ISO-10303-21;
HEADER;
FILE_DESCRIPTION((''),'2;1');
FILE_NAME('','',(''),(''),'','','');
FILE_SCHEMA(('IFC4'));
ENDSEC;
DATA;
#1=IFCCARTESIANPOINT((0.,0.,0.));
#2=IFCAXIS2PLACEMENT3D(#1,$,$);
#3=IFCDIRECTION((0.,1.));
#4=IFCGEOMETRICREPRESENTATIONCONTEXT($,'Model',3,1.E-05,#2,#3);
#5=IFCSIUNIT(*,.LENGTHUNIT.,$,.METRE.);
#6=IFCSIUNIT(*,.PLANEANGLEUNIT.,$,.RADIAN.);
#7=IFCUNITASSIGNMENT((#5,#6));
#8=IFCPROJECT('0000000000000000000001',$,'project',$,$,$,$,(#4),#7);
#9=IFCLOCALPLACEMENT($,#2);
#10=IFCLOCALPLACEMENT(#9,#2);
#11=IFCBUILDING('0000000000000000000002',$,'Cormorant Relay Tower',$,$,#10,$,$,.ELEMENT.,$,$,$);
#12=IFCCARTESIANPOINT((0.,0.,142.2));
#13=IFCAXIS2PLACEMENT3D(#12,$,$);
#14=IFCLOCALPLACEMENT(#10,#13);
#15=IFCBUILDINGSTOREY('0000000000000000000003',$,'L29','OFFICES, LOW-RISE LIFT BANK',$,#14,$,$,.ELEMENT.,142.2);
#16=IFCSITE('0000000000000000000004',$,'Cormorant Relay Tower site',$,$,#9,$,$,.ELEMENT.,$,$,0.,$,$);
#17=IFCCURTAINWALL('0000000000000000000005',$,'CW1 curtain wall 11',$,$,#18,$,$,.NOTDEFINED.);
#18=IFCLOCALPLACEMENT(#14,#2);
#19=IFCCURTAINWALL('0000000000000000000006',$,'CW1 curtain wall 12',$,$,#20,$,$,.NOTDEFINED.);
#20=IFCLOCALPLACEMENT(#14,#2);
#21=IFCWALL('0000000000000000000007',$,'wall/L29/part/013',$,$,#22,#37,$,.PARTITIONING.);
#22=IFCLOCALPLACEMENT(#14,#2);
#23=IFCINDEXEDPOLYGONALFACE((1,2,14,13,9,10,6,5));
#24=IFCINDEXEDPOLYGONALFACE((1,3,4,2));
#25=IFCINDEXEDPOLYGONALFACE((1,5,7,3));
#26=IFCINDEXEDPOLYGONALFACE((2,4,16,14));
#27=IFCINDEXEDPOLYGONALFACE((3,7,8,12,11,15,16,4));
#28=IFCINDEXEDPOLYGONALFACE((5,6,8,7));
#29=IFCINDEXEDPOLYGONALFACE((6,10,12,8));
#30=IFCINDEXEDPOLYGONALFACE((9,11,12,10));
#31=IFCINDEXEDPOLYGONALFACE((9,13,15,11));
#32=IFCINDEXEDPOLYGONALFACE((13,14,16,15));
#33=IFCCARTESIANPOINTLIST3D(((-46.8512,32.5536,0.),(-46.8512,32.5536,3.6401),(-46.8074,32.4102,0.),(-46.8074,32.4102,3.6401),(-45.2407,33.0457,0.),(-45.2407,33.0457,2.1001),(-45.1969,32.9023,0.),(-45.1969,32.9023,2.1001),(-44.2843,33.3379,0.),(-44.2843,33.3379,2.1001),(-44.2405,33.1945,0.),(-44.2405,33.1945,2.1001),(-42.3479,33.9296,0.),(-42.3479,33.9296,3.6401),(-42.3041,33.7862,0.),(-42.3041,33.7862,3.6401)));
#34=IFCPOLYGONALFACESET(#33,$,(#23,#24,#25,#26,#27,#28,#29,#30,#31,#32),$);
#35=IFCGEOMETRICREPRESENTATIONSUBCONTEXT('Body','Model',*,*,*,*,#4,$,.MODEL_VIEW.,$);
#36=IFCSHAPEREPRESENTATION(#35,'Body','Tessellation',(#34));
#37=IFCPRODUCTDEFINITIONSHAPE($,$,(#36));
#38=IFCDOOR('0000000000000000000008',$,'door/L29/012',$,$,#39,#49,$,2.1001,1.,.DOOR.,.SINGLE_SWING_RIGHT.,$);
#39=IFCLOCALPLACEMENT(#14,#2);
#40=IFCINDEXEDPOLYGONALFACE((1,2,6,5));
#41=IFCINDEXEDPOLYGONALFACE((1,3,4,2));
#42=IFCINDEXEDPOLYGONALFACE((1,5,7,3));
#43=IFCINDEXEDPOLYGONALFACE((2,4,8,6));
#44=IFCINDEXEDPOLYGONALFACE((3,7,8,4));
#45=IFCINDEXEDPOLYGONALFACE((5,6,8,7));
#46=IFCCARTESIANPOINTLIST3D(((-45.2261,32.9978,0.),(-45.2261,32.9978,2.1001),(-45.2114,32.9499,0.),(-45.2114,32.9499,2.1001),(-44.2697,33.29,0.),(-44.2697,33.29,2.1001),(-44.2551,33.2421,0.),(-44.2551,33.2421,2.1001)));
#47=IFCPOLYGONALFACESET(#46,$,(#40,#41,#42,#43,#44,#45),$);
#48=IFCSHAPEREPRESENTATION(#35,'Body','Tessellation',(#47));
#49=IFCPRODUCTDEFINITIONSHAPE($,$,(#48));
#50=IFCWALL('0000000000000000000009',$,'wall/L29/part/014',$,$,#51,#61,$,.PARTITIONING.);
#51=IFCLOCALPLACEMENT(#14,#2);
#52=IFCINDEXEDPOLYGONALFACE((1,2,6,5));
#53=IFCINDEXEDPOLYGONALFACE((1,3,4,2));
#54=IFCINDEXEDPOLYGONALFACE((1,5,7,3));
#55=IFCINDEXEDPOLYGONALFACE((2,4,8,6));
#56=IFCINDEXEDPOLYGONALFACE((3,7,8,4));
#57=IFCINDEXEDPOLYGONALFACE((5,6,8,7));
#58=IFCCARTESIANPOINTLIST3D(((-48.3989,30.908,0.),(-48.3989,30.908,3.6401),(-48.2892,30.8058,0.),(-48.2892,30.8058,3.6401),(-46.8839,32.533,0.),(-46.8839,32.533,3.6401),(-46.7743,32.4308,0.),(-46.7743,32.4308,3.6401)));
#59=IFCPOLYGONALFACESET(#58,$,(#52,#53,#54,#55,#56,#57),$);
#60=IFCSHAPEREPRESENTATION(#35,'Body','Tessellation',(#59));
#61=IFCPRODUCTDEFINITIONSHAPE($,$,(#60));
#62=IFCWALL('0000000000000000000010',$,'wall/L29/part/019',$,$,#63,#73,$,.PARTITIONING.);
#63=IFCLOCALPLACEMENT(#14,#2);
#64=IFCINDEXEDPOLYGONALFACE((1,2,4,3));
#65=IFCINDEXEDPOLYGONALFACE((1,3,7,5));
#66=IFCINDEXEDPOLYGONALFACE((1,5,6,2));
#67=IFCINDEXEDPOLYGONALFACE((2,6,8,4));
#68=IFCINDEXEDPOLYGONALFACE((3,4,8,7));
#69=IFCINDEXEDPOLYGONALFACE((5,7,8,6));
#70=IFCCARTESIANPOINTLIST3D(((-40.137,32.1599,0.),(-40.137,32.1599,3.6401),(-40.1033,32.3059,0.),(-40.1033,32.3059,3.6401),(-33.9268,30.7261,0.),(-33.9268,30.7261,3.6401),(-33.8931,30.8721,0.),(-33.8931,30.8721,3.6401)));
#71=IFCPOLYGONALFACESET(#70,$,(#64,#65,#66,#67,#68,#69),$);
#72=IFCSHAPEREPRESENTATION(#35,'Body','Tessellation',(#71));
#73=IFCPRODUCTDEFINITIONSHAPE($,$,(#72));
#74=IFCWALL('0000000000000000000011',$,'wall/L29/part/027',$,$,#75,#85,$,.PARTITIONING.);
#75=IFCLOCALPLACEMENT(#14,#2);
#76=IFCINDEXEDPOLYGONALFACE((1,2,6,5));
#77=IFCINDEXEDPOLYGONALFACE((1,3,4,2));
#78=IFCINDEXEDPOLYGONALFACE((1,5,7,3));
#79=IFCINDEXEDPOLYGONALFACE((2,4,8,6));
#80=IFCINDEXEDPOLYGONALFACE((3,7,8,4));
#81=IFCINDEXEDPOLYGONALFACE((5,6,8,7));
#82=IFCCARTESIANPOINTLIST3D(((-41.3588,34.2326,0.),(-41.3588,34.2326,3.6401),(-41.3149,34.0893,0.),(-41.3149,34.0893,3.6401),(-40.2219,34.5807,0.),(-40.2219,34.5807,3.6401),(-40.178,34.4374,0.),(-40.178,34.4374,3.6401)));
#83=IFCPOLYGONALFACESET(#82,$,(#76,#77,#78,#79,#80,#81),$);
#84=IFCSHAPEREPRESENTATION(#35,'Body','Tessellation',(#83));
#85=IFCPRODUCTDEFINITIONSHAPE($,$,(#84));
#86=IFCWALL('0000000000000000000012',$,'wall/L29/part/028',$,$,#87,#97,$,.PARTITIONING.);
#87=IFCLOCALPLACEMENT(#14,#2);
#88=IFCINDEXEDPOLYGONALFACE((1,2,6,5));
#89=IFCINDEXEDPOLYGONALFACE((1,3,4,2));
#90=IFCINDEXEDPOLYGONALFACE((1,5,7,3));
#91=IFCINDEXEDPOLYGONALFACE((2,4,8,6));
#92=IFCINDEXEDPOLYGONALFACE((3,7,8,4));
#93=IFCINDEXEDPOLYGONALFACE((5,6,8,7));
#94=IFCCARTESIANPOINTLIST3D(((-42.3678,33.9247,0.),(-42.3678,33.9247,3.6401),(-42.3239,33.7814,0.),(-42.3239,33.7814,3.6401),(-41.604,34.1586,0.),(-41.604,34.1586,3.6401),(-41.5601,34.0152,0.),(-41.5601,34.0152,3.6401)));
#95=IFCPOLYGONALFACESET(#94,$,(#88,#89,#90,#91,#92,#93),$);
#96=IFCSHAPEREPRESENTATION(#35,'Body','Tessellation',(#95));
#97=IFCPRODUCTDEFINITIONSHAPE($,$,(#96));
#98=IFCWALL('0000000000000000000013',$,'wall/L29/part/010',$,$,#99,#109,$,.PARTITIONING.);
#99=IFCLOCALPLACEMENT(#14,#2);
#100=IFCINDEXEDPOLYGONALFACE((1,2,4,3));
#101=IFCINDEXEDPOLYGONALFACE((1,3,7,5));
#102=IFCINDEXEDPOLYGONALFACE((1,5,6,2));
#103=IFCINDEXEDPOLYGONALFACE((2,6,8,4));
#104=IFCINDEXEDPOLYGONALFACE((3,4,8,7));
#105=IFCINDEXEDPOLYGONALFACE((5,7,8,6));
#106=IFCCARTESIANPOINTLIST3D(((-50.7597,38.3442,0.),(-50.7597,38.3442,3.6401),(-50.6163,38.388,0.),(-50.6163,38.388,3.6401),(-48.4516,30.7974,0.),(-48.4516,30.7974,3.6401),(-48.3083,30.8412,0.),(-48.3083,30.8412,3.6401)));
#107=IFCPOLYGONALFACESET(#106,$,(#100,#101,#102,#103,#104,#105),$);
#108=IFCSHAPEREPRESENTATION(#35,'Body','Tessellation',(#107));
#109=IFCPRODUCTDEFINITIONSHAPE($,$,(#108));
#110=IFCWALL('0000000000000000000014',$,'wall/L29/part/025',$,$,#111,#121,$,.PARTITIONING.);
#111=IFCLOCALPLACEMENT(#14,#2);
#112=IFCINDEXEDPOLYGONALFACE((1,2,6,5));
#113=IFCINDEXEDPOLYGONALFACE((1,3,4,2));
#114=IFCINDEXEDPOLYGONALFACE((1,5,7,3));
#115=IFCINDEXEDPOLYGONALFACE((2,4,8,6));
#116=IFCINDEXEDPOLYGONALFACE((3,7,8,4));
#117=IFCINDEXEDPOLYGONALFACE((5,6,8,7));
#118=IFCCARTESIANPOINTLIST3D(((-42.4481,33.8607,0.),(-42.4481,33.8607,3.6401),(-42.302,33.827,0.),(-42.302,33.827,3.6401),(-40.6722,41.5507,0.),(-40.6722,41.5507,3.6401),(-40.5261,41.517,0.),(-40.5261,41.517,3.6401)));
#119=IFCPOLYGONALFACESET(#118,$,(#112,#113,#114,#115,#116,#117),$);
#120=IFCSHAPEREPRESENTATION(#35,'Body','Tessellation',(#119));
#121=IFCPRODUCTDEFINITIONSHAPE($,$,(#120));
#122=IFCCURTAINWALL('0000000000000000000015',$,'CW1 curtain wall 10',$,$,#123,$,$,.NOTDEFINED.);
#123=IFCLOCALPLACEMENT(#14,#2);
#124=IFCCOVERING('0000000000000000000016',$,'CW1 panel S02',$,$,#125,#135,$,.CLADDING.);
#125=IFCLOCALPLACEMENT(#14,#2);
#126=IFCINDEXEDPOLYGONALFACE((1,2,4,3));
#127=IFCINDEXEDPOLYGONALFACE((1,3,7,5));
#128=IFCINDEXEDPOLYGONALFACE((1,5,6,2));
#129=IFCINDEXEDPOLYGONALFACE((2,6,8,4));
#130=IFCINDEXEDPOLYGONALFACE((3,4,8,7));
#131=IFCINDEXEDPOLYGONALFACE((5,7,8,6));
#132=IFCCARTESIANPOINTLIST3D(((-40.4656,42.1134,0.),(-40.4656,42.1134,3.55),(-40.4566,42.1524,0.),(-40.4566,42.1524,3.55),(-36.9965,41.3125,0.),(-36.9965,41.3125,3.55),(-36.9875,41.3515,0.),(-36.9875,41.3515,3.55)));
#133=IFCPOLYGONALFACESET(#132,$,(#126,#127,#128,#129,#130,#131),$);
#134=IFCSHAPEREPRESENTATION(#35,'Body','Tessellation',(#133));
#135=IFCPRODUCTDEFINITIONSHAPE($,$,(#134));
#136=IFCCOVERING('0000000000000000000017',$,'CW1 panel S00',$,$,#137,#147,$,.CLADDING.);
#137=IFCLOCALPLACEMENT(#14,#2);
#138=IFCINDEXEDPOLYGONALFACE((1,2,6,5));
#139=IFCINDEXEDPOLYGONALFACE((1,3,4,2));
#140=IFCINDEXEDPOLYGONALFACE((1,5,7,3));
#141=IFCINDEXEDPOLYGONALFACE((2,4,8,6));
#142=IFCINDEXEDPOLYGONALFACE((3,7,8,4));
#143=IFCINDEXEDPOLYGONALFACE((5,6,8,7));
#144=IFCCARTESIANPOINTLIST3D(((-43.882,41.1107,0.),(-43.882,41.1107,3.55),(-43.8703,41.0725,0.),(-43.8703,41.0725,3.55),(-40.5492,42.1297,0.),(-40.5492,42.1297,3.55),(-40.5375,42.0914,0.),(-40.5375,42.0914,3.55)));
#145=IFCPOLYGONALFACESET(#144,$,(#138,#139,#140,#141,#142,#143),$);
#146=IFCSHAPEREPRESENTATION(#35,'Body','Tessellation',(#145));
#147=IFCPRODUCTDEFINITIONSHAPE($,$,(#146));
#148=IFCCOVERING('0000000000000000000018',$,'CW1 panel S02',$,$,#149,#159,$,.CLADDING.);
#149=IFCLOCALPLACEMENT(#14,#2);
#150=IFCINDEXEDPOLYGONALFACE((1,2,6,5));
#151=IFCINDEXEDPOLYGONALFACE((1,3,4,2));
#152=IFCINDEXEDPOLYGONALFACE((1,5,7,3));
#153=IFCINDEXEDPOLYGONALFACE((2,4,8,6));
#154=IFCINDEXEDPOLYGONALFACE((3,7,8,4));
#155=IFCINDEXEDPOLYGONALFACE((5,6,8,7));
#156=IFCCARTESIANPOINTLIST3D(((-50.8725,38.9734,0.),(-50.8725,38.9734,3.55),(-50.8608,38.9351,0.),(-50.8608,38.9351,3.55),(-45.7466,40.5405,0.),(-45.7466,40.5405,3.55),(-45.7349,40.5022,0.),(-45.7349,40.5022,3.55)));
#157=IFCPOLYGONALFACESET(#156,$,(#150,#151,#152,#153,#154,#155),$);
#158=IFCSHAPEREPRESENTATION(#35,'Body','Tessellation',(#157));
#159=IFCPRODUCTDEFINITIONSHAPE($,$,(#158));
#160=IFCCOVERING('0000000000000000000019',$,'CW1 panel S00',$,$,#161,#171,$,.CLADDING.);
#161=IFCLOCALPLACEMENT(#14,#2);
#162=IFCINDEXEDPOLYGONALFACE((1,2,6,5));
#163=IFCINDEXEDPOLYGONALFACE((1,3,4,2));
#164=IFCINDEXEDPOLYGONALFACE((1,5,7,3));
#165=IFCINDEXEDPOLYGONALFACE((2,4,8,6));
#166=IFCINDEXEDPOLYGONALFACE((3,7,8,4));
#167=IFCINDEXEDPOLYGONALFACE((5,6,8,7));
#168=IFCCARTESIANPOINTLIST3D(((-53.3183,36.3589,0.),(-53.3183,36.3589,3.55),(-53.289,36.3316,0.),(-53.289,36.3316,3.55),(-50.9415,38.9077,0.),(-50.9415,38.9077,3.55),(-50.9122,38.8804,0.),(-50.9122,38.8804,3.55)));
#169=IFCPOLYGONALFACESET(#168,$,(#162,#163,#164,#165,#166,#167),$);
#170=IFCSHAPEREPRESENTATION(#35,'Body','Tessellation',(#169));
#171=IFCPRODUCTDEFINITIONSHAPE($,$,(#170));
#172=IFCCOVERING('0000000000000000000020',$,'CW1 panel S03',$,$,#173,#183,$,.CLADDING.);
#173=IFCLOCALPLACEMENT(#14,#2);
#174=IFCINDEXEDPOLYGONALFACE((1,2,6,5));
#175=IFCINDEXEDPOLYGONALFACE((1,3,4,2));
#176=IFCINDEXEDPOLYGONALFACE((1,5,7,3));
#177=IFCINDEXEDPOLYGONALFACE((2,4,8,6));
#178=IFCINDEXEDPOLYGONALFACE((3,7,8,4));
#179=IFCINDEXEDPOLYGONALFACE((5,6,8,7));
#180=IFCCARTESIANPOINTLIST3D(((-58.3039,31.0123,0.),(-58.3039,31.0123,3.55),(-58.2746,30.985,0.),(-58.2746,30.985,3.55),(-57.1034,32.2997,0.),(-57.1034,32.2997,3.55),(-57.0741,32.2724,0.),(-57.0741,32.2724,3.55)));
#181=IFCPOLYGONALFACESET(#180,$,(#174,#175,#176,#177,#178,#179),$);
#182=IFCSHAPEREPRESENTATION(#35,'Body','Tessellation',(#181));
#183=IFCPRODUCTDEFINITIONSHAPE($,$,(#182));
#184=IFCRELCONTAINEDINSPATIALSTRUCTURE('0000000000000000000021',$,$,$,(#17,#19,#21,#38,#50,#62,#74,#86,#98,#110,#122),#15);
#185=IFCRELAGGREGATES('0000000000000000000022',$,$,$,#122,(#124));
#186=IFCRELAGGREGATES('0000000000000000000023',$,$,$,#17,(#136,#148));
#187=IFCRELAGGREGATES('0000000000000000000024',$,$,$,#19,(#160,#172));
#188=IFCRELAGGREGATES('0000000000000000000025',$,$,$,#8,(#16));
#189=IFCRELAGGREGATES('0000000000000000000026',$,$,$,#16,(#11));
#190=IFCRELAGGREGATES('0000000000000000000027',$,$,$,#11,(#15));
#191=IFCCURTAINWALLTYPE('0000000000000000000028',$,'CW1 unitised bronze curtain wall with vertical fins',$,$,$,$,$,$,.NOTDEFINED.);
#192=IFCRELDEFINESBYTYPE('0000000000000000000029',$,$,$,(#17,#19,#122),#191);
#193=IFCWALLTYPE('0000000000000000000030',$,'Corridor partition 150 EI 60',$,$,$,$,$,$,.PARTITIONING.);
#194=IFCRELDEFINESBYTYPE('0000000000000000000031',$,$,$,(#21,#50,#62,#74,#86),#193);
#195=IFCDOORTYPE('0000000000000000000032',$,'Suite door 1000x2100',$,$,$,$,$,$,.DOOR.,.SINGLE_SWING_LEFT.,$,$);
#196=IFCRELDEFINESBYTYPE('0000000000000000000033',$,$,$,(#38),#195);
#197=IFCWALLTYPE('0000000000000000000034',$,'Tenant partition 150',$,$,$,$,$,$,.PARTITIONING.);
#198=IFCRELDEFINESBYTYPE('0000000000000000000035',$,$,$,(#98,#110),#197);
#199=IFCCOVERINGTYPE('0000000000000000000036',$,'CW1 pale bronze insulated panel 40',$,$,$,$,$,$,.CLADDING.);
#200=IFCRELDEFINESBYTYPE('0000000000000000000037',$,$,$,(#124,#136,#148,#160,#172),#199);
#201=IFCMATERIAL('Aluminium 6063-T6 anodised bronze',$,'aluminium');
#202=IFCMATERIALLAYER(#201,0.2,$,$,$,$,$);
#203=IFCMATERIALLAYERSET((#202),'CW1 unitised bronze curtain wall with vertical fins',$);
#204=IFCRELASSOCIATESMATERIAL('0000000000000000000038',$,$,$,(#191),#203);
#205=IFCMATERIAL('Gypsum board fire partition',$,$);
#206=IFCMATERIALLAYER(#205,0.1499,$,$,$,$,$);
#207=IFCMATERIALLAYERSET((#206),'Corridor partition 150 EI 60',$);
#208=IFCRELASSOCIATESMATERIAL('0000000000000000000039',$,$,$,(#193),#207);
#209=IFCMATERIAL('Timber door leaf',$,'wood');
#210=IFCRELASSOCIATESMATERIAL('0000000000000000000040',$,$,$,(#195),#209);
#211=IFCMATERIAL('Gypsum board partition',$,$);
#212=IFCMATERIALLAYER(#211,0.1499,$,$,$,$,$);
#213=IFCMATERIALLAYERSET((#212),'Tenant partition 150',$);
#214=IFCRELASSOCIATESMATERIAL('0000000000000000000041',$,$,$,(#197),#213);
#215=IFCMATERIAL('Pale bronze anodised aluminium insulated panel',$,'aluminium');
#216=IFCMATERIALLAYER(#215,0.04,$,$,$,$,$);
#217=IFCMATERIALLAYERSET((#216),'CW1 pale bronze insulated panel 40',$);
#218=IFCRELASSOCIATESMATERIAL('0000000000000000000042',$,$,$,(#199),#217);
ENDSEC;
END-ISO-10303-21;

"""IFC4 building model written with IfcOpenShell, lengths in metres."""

from ifc_helpers import new_model, si_unit, direction, frame, frame_2d, origin, origin_2d, place, context, subcontext, project, spatial, rectangle, extrude, material, layer, layer_set, type_object, element, fill, aggregate, save


model = new_model("IFC4")

# Units and contexts
model_context = context("Model", 3, precision=1e-05, world=origin(), true_north=direction((0.0, 1.0)))
body_context = subcontext(model_context, "Body", "Model", "MODEL_VIEW")
ifc_project = project(units=[si_unit("LENGTHUNIT", "METRE"), si_unit("PLANEANGLEUNIT", "RADIAN")], contexts=[model_context])

# Site, building, storey
site_placement = place(None, origin())
site = spatial("IfcSite", under=ifc_project, at=site_placement, Name="Cormorant Relay Tower site", CompositionType="ELEMENT", RefElevation=0.0)
building_placement = place(site_placement, origin())
building = spatial("IfcBuilding", under=site, at=building_placement, Name="Cormorant Relay Tower", CompositionType="ELEMENT")
storey_placement = place(building_placement, frame((0.0, 0.0, 142.2)))
storey = spatial("IfcBuildingStorey", under=building, at=storey_placement, Name="L29", Description="OFFICES, LOW-RISE LIFT BANK", CompositionType="ELEMENT", Elevation=142.2)

# Curtain walls
ifc_material_1 = material(Name="Aluminium 6063-T6 anodised bronze", Category="aluminium")
ifc_layer_1 = layer(ifc_material_1, 0.2)
ifc_layer_set_1 = layer_set([ifc_layer_1], Name="CW1 unitised bronze curtain wall with vertical fins")
curtain_wall_type = type_object("IfcCurtainWallType", Name="CW1 unitised bronze curtain wall with vertical fins", PredefinedType="NOTDEFINED", material=ifc_layer_set_1)
curtain_wall_1_placement = place(storey_placement, origin())
curtain_wall_1 = element("IfcCurtainWall", 1, at=curtain_wall_1_placement, inside=storey, type_object=curtain_wall_type, Name="CW1 curtain wall 11", PredefinedType="NOTDEFINED")
curtain_wall_2_placement = place(storey_placement, origin())
curtain_wall_2 = element("IfcCurtainWall", 2, at=curtain_wall_2_placement, inside=storey, type_object=curtain_wall_type, Name="CW1 curtain wall 12", PredefinedType="NOTDEFINED")

# Wall, opening, door
ifc_material_2 = material(Name="Gypsum board fire partition")
ifc_layer_2 = layer(ifc_material_2, 0.1499)
ifc_layer_set_2 = layer_set([ifc_layer_2], Name="Corridor partition 150 EI 60")
wall_type_1 = type_object("IfcWallType", Name="Corridor partition 150 EI 60", PredefinedType="PARTITIONING", material=ifc_layer_set_2)
wall_1_placement = place(storey_placement, frame((-42.3259, 33.8579, 0.0), z_axis=(0.0, 0.0, 1.0), x_axis=(-0.956351, -0.29222, 0.0)))
wall_1 = element("IfcWall", 3, at=wall_1_placement, inside=storey, type_object=wall_type_1, Name="wall/L29/part/013", PredefinedType="PARTITIONING", context=body_context, shape_type="SweptSolid", body=[
    extrude(rectangle(XDim=4.7087, YDim=0.1499, at=frame_2d((2.3545, 0.0))), origin(), (0.0, 0.0, 1.0), 3.6401),
])
opening_placement = place(wall_1_placement, frame((2.0249, 0.0, 0.0)))
opening = element("IfcOpeningElement", 4, at=opening_placement, cuts=wall_1, PredefinedType="OPENING", context=body_context, shape_type="SweptSolid", body=[
    extrude(rectangle(XDim=1.0, YDim=2.1001, at=frame_2d((0.5, 1.05))), frame((0.0, 0.085, 0.0), z_axis=(0.0, -1.0, 0.0), x_axis=(1.0, 0.0, 0.0)), (0.0, 0.0, 1.0), 0.1699),
])
ifc_material_3 = material(Name="Timber door leaf", Category="wood")
door_type = type_object("IfcDoorType", Name="Suite door 1000x2100", OperationType="SINGLE_SWING_LEFT", PredefinedType="DOOR", material=ifc_material_3)
door_placement = place(opening_placement, frame((1.0, 0.0, 0.0), z_axis=(0.0, 0.0, 1.0), x_axis=(-1.0, 0.0, 0.0)))
door = element("IfcDoor", 5, at=door_placement, inside=storey, type_object=door_type, Name="door/L29/012", OperationType="SINGLE_SWING_RIGHT", OverallHeight=2.1001, OverallWidth=1.0, PredefinedType="DOOR", context=body_context, shape_type="SweptSolid", body=[
    extrude(rectangle(XDim=1.0, YDim=2.1001, at=frame_2d((0.5, 1.05))), frame((0.0, 0.0249, 0.0), z_axis=(0.0, -1.0, 0.0), x_axis=(1.0, 0.0, 0.0)), (0.0, 0.0, 1.0), 0.05),
])
fill(opening, door)

# Walls
wall_2_placement = place(storey_placement, frame((-46.8291, 32.4819, 0.0), z_axis=(0.0, 0.0, 1.0), x_axis=(-0.681891, -0.731453, 0.0)))
element("IfcWall", 6, at=wall_2_placement, inside=storey, type_object=wall_type_1, Name="wall/L29/part/014", PredefinedType="PARTITIONING", context=body_context, shape_type="SweptSolid", body=[
    extrude(rectangle(XDim=2.2217, YDim=0.1499, at=frame_2d((1.1108, 0.0))), origin(), (0.0, 0.0, 1.0), 3.6401),
])
wall_3_placement = place(storey_placement, frame((-40.1201, 32.2329, 0.0), z_axis=(0.0, 0.0, 1.0), x_axis=(0.974367, -0.224966, 0.0)))
element("IfcWall", 7, at=wall_3_placement, inside=storey, type_object=wall_type_1, Name="wall/L29/part/019", PredefinedType="PARTITIONING", context=body_context, shape_type="SweptSolid", body=[
    extrude(rectangle(XDim=6.3735, YDim=0.1499, at=frame_2d((3.1868, 0.0))), origin(), (0.0, 0.0, 1.0), 3.6401),
])
wall_4_placement = place(storey_placement, frame((-40.2, 34.509, 0.0), z_axis=(0.0, 0.0, 1.0), x_axis=(-0.956178, -0.292787, 0.0)))
element("IfcWall", 8, at=wall_4_placement, inside=storey, type_object=wall_type_1, Name="wall/L29/part/027", PredefinedType="PARTITIONING", context=body_context, shape_type="SweptSolid", body=[
    extrude(rectangle(XDim=1.189, YDim=0.1499, at=frame_2d((0.5945, 0.0))), origin(), (0.0, 0.0, 1.0), 3.6401),
])
wall_5_placement = place(storey_placement, frame((-41.582, 34.0869, 0.0), z_axis=(0.0, 0.0, 1.0), x_axis=(-0.956188, -0.292754, 0.0)))
element("IfcWall", 9, at=wall_5_placement, inside=storey, type_object=wall_type_1, Name="wall/L29/part/028", PredefinedType="PARTITIONING", context=body_context, shape_type="SweptSolid", body=[
    extrude(rectangle(XDim=0.7988, YDim=0.1499, at=frame_2d((0.3994, 0.0))), origin(), (0.0, 0.0, 1.0), 3.6401),
])
ifc_material_4 = material(Name="Gypsum board partition")
ifc_layer_3 = layer(ifc_material_4, 0.1499)
ifc_layer_set_3 = layer_set([ifc_layer_3], Name="Tenant partition 150")
wall_type_2 = type_object("IfcWallType", Name="Tenant partition 150", PredefinedType="PARTITIONING", material=ifc_layer_set_3)
wall_6_placement = place(storey_placement, frame((-50.688, 38.366, 0.0), z_axis=(0.0, 0.0, 1.0), x_axis=(0.292464, -0.956277, 0.0)))
element("IfcWall", 10, at=wall_6_placement, inside=storey, type_object=wall_type_2, Name="wall/L29/part/010", PredefinedType="PARTITIONING", context=body_context, shape_type="SweptSolid", body=[
    extrude(rectangle(XDim=7.8918, YDim=0.1499, at=frame_2d((3.9458, 0.0))), origin(), (0.0, 0.0, 1.0), 3.6401),
])
wall_7_placement = place(storey_placement, frame((-40.5991, 41.5339, 0.0), z_axis=(0.0, 0.0, 1.0), x_axis=(-0.225013, -0.974356, 0.0)))
element("IfcWall", 11, at=wall_7_placement, inside=storey, type_object=wall_type_2, Name="wall/L29/part/025", PredefinedType="PARTITIONING", context=body_context, shape_type="SweptSolid", body=[
    extrude(rectangle(XDim=7.8923, YDim=0.1499, at=frame_2d((3.9463, 0.0))), origin(), (0.0, 0.0, 1.0), 3.6401),
])

# Curtain wall, covering
curtain_wall_3_placement = place(storey_placement, origin())
curtain_wall_3 = element("IfcCurtainWall", 12, at=curtain_wall_3_placement, inside=storey, type_object=curtain_wall_type, Name="CW1 curtain wall 10", PredefinedType="NOTDEFINED")
ifc_material_5 = material(Name="Pale bronze anodised aluminium insulated panel", Category="aluminium")
ifc_layer_4 = layer(ifc_material_5, 0.04)
ifc_layer_set_4 = layer_set([ifc_layer_4], Name="CW1 pale bronze insulated panel 40")
covering_type = type_object("IfcCoveringType", Name="CW1 pale bronze insulated panel 40", PredefinedType="CLADDING", material=ifc_layer_set_4)
covering_1_placement = place(storey_placement, frame((-38.7266, 41.7324, 0.0), z_axis=(0.0, 0.0, 1.0), x_axis=(-0.97437, 0.224951, 0.0)))
covering_1 = element("IfcCovering", 13, at=covering_1_placement, type_object=covering_type, Name="CW1 panel S02", PredefinedType="CLADDING", context=body_context, shape_type="SweptSolid", body=[
    extrude(rectangle(XDim=3.5603, YDim=0.04, at=origin_2d()), origin(), (0.0, 0.0, 1.0), 3.55),
])
aggregate(curtain_wall_3, [covering_1])

# Coverings
covering_2_placement = place(storey_placement, frame((-42.2097, 41.6011, 0.0), z_axis=(0.0, 0.0, 1.0), x_axis=(-0.956305, -0.292372, 0.0)))
covering_2 = element("IfcCovering", 14, at=covering_2_placement, type_object=covering_type, Name="CW1 panel S00", PredefinedType="CLADDING", context=body_context, shape_type="SweptSolid", body=[
    extrude(rectangle(XDim=3.4851, YDim=0.04, at=origin_2d()), origin(), (0.0, 0.0, 1.0), 3.55),
])
covering_3_placement = place(storey_placement, frame((-48.3037, 39.7378, 0.0), z_axis=(0.0, 0.0, 1.0), x_axis=(-0.956305, -0.292372, 0.0)))
covering_3 = element("IfcCovering", 15, at=covering_3_placement, type_object=covering_type, Name="CW1 panel S02", PredefinedType="CLADDING", context=body_context, shape_type="SweptSolid", body=[
    extrude(rectangle(XDim=5.3601, YDim=0.04, at=origin_2d()), origin(), (0.0, 0.0, 1.0), 3.55),
])
aggregate(curtain_wall_1, [covering_2, covering_3])
covering_4_placement = place(storey_placement, frame((-52.1152, 37.6196, 0.0), z_axis=(0.0, 0.0, 1.0), x_axis=(-0.681998, -0.731354, 0.0)))
covering_4 = element("IfcCovering", 16, at=covering_4_placement, type_object=covering_type, Name="CW1 panel S00", PredefinedType="CLADDING", context=body_context, shape_type="SweptSolid", body=[
    extrude(rectangle(XDim=3.4851, YDim=0.04, at=origin_2d()), origin(), (0.0, 0.0, 1.0), 3.55),
])
covering_5_placement = place(storey_placement, frame((-57.689, 31.6423, 0.0), z_axis=(0.0, 0.0, 1.0), x_axis=(-0.681998, -0.731354, 0.0)))
covering_5 = element("IfcCovering", 17, at=covering_5_placement, type_object=covering_type, Name="CW1 panel S03", PredefinedType="CLADDING", context=body_context, shape_type="SweptSolid", body=[
    extrude(rectangle(XDim=1.7603, YDim=0.04, at=origin_2d()), origin(), (0.0, 0.0, 1.0), 3.55),
])
aggregate(curtain_wall_2, [covering_4, covering_5])

save(model, "model.ifc")
